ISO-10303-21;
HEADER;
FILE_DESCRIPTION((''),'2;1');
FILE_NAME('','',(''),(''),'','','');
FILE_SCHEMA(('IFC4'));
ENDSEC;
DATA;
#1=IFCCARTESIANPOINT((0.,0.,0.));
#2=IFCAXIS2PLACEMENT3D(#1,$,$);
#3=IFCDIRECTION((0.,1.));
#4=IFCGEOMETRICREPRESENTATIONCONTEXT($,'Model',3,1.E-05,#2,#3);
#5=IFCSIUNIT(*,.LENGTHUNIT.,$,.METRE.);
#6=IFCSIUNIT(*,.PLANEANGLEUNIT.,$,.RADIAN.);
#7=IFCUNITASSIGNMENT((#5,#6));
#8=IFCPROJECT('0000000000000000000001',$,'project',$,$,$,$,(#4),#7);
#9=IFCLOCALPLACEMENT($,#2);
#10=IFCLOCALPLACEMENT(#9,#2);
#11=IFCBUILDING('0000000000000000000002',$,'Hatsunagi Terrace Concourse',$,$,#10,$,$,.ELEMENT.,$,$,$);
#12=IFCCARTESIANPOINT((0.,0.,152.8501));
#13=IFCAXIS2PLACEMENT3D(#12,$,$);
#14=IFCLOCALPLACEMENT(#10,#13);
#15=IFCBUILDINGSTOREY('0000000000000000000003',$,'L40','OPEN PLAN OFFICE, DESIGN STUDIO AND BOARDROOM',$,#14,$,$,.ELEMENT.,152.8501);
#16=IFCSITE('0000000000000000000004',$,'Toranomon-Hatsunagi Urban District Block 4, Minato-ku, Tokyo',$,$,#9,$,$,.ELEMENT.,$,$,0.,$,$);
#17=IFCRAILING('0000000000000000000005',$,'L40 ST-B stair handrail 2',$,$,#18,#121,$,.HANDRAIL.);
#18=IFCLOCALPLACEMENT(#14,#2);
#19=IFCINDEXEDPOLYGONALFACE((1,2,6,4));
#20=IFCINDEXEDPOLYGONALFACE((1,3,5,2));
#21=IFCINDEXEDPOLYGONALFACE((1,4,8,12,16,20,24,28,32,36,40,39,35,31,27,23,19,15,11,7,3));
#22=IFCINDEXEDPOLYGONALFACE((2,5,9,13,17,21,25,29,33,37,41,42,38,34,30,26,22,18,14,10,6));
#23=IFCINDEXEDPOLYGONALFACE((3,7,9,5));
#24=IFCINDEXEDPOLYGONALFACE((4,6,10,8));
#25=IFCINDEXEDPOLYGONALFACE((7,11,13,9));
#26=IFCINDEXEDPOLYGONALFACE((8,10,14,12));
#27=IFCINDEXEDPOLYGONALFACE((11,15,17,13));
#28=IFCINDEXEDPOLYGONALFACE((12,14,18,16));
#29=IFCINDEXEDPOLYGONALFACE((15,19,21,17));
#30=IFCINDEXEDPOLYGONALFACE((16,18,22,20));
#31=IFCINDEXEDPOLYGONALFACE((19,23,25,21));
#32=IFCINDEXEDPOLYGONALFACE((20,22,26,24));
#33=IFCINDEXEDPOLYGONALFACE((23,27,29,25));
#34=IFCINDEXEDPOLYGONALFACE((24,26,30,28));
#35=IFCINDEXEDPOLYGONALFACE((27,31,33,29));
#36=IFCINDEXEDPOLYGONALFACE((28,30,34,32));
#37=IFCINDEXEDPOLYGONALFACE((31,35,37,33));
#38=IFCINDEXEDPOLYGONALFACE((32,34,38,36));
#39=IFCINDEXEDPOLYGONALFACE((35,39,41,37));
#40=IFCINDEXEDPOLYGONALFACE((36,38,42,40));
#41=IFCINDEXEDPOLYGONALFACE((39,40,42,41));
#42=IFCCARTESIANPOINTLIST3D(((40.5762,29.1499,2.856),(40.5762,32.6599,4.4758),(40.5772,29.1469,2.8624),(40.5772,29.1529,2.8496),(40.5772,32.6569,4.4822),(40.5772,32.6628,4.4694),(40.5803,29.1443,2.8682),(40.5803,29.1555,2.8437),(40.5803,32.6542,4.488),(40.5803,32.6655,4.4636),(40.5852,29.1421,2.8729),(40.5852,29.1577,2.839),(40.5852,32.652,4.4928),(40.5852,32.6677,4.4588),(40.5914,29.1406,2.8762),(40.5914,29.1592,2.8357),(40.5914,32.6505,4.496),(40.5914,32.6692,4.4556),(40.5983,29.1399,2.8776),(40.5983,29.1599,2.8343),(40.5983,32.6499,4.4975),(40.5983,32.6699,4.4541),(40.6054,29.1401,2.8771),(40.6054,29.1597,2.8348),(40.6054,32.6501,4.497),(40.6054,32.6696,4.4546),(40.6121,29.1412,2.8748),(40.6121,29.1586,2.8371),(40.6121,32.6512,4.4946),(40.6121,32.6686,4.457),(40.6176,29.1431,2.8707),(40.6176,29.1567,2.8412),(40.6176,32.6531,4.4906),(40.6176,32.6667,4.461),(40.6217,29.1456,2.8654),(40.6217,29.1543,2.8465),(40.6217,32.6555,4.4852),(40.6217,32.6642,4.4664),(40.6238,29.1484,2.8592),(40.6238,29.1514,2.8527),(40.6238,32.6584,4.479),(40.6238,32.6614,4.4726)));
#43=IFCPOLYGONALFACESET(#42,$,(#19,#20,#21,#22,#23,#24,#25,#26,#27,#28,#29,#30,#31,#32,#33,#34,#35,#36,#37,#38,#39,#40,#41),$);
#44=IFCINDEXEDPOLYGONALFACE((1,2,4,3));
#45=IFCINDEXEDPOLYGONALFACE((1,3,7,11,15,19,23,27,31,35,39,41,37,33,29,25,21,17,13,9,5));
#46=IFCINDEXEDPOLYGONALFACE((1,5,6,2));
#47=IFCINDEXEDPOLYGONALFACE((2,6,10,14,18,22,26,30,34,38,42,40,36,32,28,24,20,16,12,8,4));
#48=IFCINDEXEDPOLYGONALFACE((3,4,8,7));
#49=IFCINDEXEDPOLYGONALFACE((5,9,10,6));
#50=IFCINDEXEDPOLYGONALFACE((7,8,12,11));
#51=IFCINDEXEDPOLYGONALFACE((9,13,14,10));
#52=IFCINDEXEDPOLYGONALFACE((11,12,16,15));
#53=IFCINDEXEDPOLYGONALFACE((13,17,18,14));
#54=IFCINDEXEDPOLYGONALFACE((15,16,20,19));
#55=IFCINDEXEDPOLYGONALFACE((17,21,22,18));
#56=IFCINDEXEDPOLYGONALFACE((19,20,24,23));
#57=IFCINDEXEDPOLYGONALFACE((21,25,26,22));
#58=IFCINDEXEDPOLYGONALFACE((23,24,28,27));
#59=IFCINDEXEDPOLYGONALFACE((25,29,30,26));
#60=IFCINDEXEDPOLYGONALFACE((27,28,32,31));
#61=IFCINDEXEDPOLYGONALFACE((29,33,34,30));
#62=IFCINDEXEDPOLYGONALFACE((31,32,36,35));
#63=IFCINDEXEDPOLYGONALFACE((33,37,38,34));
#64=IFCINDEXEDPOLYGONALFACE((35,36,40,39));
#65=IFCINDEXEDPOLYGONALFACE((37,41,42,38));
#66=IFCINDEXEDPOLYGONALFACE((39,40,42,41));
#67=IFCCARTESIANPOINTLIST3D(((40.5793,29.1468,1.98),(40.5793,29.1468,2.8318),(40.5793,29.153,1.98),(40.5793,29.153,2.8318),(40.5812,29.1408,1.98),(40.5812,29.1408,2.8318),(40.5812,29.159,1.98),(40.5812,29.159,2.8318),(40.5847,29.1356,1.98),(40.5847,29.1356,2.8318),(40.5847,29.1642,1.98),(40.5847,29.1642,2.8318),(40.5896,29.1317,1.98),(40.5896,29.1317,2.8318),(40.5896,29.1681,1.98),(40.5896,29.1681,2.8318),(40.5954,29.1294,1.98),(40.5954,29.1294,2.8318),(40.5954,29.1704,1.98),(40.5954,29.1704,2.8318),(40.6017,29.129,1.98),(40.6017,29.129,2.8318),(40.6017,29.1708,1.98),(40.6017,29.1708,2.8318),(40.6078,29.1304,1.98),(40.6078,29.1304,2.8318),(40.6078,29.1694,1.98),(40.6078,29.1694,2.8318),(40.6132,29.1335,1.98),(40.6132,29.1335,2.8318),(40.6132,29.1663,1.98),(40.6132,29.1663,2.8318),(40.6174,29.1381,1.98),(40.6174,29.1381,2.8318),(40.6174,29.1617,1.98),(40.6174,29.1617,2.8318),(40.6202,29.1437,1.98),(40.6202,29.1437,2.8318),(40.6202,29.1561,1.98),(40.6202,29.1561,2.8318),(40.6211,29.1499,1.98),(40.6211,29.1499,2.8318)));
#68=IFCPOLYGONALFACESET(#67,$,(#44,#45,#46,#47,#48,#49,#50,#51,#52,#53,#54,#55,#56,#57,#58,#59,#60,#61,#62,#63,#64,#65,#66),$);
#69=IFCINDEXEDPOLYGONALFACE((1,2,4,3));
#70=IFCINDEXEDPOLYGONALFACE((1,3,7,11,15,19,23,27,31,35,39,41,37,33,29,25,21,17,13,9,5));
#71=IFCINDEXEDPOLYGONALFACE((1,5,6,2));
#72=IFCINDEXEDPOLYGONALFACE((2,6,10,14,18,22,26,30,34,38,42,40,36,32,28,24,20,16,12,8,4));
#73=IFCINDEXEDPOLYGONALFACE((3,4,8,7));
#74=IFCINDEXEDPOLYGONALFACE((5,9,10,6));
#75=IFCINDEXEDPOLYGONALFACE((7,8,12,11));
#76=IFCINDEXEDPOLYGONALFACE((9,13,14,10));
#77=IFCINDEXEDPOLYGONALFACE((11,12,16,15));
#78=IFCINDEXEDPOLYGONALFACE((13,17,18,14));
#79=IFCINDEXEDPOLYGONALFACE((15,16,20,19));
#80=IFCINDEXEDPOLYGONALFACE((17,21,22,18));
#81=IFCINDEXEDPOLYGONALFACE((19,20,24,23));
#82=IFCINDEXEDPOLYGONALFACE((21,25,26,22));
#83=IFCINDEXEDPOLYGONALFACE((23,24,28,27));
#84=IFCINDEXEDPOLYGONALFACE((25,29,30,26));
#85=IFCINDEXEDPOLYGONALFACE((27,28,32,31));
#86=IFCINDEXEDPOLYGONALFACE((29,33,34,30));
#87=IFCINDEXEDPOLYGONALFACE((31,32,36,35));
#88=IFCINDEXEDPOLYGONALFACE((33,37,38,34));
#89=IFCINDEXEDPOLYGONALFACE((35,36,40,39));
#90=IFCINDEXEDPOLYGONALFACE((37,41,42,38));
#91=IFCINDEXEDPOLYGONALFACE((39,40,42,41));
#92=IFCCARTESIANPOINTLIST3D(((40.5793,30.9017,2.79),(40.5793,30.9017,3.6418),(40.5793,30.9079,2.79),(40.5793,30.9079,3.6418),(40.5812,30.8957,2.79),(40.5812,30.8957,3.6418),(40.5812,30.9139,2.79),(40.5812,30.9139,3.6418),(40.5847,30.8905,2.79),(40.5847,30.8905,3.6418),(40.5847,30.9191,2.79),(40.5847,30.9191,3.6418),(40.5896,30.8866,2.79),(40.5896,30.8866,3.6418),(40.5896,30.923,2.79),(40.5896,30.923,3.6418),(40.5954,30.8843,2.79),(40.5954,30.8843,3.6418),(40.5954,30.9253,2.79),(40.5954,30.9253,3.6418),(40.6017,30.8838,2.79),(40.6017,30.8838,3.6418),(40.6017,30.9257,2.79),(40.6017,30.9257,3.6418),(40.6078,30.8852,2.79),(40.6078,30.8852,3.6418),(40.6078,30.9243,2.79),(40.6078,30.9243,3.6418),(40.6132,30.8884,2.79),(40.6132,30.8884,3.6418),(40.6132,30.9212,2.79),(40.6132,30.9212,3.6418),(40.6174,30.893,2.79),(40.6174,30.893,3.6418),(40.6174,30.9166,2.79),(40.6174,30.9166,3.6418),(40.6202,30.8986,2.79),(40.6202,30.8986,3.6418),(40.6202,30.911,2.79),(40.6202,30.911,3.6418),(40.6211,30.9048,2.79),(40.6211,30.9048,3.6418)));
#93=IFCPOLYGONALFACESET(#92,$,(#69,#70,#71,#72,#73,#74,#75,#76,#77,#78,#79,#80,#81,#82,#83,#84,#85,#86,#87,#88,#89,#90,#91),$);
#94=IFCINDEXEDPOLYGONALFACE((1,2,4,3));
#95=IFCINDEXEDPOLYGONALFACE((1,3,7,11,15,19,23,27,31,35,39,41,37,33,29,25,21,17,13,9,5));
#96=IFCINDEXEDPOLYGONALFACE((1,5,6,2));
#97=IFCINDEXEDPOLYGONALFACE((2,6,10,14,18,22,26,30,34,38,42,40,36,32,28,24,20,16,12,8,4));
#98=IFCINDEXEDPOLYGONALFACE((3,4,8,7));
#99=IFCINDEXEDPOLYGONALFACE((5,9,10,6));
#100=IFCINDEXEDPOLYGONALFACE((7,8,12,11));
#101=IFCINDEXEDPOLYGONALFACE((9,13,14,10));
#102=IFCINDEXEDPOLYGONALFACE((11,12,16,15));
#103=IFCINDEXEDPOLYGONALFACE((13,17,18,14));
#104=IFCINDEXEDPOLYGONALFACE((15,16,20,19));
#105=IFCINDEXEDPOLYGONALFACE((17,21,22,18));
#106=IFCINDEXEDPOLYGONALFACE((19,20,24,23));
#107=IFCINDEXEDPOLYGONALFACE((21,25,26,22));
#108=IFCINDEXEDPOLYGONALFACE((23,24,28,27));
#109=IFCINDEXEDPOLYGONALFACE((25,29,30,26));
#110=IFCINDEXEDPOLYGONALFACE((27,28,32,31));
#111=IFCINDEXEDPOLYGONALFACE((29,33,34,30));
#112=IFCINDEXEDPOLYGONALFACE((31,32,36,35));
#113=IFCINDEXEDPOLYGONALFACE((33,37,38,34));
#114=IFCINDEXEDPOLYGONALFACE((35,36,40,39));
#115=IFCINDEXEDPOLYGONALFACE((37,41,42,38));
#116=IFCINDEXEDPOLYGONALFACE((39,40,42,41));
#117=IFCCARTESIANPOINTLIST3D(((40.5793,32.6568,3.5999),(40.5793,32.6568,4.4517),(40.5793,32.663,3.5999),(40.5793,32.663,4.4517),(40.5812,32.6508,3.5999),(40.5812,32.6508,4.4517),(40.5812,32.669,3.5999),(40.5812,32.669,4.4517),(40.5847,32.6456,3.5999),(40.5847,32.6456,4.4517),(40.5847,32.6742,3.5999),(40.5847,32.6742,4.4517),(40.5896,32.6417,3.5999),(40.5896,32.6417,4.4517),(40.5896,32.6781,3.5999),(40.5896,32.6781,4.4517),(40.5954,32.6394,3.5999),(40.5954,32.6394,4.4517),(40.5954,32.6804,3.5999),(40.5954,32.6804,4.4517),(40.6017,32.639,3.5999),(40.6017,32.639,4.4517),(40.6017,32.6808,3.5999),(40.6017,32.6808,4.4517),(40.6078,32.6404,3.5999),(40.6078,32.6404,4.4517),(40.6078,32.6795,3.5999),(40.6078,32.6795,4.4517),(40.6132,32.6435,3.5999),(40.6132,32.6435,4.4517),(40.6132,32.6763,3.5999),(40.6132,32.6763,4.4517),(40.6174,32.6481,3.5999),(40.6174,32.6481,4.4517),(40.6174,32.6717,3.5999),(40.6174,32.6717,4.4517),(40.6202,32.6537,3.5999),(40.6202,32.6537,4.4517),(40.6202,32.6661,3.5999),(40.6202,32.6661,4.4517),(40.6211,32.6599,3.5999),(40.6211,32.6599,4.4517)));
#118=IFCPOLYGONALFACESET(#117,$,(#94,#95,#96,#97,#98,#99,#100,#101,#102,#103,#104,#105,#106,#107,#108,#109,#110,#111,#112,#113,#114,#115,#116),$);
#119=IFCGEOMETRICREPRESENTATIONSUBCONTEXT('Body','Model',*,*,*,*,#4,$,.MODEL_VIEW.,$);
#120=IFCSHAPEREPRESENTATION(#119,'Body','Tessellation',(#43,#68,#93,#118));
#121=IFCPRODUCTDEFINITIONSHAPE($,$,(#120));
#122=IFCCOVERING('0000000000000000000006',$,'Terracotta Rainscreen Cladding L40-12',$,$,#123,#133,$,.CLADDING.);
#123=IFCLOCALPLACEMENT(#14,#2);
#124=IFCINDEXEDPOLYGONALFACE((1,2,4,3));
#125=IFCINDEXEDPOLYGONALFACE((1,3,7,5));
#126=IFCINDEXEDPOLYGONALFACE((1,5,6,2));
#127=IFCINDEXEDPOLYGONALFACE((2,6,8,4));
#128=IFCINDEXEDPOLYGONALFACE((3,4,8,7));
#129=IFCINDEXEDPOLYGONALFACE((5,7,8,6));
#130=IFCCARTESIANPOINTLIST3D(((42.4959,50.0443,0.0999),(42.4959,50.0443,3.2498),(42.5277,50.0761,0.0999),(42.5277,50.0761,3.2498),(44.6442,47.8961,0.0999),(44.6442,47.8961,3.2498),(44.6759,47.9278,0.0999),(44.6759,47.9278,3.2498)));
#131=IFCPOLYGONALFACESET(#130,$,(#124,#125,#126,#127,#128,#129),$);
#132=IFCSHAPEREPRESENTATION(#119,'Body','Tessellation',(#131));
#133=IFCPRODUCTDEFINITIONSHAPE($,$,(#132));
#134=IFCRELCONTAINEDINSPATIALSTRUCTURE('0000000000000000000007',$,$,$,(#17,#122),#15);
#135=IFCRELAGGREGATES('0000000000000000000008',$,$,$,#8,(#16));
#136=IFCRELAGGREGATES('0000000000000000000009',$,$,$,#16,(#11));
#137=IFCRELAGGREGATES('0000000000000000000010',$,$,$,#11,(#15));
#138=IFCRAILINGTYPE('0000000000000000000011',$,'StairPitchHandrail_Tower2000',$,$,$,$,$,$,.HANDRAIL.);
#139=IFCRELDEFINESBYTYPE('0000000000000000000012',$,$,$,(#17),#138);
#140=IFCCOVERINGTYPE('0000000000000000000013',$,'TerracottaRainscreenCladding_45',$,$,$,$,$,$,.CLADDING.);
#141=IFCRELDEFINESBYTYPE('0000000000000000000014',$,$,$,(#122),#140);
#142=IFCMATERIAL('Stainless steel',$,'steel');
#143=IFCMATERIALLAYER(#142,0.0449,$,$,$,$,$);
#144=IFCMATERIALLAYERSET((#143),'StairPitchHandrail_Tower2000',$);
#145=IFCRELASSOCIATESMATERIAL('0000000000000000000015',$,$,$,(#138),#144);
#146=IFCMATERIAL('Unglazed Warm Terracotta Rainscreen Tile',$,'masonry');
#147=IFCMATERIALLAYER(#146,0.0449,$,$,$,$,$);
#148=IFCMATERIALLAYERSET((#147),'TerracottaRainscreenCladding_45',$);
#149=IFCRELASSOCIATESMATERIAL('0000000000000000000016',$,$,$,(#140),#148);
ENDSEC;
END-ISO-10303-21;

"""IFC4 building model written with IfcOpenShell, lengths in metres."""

from ifc_helpers import new_model, si_unit, direction, frame, origin, origin_2d, place, context, subcontext, project, spatial, rectangle, circle, extrude, material, layer, layer_set, type_object, element, save


model = new_model("IFC4")

# Units and contexts
model_context = context("Model", 3, precision=1e-05, world=origin(), true_north=direction((0.0, 1.0)))
body_context = subcontext(model_context, "Body", "Model", "MODEL_VIEW")
ifc_project = project(units=[si_unit("LENGTHUNIT", "METRE"), si_unit("PLANEANGLEUNIT", "RADIAN")], contexts=[model_context])

# Site, building, storey
site_placement = place(None, origin())
site = spatial("IfcSite", under=ifc_project, at=site_placement, Name="Toranomon-Hatsunagi Urban District Block 4, Minato-ku, Tokyo", CompositionType="ELEMENT", RefElevation=0.0)
building_placement = place(site_placement, origin())
building = spatial("IfcBuilding", under=site, at=building_placement, Name="Hatsunagi Terrace Concourse", CompositionType="ELEMENT")
storey_placement = place(building_placement, frame((0.0, 0.0, 152.8501)))
storey = spatial("IfcBuildingStorey", under=building, at=storey_placement, Name="L40", Description="OPEN PLAN OFFICE, DESIGN STUDIO AND BOARDROOM", CompositionType="ELEMENT", Elevation=152.8501)

# Railing
ifc_material_1 = material(Name="Stainless steel", Category="steel")
ifc_layer_1 = layer(ifc_material_1, 0.0449)
ifc_layer_set_1 = layer_set([ifc_layer_1], Name="StairPitchHandrail_Tower2000")
railing_type = type_object("IfcRailingType", Name="StairPitchHandrail_Tower2000", PredefinedType="HANDRAIL", material=ifc_layer_set_1)
railing_placement = place(storey_placement, frame((40.6001, 29.1499, 1.98)))
element("IfcRailing", 1, at=railing_placement, inside=storey, type_object=railing_type, Name="L40 ST-B stair handrail 2", PredefinedType="HANDRAIL", context=body_context, shape_type="SweptSolid", body=[
    extrude(circle(Radius=0.0239, at=origin_2d()), frame((0.0, 0.0, 0.876), z_axis=(0.0, 0.907972, 0.41903), x_axis=(-1.0, 0.0, 0.0)), (0.0, 0.0, 1.0), 3.8657),
    extrude(circle(Radius=0.021, at=origin_2d()), origin(), (0.0, 0.0, 1.0), 0.8518),
    extrude(circle(Radius=0.021, at=origin_2d()), frame((0.0, 1.7549, 0.8101)), (0.0, 0.0, 1.0), 0.8518),
    extrude(circle(Radius=0.021, at=origin_2d()), frame((0.0, 3.51, 1.6199)), (0.0, 0.0, 1.0), 0.8518),
])

# Covering
ifc_material_2 = material(Name="Unglazed Warm Terracotta Rainscreen Tile", Category="masonry")
ifc_layer_2 = layer(ifc_material_2, 0.0449)
ifc_layer_set_2 = layer_set([ifc_layer_2], Name="TerracottaRainscreenCladding_45")
covering_type = type_object("IfcCoveringType", Name="TerracottaRainscreenCladding_45", PredefinedType="CLADDING", material=ifc_layer_set_2)
covering_placement = place(storey_placement, frame((43.5859, 48.9861, 0.0999), z_axis=(0.0, 0.0, 1.0), x_axis=(0.707107, -0.707107, 0.0)))
element("IfcCovering", 2, at=covering_placement, inside=storey, type_object=covering_type, Name="Terracotta Rainscreen Cladding L40-12", PredefinedType="CLADDING", context=body_context, shape_type="SweptSolid", body=[
    extrude(rectangle(XDim=3.0381, YDim=0.0449, at=origin_2d()), origin(), (0.0, 0.0, 1.0), 3.1499),
])

save(model, "model.ifc")
